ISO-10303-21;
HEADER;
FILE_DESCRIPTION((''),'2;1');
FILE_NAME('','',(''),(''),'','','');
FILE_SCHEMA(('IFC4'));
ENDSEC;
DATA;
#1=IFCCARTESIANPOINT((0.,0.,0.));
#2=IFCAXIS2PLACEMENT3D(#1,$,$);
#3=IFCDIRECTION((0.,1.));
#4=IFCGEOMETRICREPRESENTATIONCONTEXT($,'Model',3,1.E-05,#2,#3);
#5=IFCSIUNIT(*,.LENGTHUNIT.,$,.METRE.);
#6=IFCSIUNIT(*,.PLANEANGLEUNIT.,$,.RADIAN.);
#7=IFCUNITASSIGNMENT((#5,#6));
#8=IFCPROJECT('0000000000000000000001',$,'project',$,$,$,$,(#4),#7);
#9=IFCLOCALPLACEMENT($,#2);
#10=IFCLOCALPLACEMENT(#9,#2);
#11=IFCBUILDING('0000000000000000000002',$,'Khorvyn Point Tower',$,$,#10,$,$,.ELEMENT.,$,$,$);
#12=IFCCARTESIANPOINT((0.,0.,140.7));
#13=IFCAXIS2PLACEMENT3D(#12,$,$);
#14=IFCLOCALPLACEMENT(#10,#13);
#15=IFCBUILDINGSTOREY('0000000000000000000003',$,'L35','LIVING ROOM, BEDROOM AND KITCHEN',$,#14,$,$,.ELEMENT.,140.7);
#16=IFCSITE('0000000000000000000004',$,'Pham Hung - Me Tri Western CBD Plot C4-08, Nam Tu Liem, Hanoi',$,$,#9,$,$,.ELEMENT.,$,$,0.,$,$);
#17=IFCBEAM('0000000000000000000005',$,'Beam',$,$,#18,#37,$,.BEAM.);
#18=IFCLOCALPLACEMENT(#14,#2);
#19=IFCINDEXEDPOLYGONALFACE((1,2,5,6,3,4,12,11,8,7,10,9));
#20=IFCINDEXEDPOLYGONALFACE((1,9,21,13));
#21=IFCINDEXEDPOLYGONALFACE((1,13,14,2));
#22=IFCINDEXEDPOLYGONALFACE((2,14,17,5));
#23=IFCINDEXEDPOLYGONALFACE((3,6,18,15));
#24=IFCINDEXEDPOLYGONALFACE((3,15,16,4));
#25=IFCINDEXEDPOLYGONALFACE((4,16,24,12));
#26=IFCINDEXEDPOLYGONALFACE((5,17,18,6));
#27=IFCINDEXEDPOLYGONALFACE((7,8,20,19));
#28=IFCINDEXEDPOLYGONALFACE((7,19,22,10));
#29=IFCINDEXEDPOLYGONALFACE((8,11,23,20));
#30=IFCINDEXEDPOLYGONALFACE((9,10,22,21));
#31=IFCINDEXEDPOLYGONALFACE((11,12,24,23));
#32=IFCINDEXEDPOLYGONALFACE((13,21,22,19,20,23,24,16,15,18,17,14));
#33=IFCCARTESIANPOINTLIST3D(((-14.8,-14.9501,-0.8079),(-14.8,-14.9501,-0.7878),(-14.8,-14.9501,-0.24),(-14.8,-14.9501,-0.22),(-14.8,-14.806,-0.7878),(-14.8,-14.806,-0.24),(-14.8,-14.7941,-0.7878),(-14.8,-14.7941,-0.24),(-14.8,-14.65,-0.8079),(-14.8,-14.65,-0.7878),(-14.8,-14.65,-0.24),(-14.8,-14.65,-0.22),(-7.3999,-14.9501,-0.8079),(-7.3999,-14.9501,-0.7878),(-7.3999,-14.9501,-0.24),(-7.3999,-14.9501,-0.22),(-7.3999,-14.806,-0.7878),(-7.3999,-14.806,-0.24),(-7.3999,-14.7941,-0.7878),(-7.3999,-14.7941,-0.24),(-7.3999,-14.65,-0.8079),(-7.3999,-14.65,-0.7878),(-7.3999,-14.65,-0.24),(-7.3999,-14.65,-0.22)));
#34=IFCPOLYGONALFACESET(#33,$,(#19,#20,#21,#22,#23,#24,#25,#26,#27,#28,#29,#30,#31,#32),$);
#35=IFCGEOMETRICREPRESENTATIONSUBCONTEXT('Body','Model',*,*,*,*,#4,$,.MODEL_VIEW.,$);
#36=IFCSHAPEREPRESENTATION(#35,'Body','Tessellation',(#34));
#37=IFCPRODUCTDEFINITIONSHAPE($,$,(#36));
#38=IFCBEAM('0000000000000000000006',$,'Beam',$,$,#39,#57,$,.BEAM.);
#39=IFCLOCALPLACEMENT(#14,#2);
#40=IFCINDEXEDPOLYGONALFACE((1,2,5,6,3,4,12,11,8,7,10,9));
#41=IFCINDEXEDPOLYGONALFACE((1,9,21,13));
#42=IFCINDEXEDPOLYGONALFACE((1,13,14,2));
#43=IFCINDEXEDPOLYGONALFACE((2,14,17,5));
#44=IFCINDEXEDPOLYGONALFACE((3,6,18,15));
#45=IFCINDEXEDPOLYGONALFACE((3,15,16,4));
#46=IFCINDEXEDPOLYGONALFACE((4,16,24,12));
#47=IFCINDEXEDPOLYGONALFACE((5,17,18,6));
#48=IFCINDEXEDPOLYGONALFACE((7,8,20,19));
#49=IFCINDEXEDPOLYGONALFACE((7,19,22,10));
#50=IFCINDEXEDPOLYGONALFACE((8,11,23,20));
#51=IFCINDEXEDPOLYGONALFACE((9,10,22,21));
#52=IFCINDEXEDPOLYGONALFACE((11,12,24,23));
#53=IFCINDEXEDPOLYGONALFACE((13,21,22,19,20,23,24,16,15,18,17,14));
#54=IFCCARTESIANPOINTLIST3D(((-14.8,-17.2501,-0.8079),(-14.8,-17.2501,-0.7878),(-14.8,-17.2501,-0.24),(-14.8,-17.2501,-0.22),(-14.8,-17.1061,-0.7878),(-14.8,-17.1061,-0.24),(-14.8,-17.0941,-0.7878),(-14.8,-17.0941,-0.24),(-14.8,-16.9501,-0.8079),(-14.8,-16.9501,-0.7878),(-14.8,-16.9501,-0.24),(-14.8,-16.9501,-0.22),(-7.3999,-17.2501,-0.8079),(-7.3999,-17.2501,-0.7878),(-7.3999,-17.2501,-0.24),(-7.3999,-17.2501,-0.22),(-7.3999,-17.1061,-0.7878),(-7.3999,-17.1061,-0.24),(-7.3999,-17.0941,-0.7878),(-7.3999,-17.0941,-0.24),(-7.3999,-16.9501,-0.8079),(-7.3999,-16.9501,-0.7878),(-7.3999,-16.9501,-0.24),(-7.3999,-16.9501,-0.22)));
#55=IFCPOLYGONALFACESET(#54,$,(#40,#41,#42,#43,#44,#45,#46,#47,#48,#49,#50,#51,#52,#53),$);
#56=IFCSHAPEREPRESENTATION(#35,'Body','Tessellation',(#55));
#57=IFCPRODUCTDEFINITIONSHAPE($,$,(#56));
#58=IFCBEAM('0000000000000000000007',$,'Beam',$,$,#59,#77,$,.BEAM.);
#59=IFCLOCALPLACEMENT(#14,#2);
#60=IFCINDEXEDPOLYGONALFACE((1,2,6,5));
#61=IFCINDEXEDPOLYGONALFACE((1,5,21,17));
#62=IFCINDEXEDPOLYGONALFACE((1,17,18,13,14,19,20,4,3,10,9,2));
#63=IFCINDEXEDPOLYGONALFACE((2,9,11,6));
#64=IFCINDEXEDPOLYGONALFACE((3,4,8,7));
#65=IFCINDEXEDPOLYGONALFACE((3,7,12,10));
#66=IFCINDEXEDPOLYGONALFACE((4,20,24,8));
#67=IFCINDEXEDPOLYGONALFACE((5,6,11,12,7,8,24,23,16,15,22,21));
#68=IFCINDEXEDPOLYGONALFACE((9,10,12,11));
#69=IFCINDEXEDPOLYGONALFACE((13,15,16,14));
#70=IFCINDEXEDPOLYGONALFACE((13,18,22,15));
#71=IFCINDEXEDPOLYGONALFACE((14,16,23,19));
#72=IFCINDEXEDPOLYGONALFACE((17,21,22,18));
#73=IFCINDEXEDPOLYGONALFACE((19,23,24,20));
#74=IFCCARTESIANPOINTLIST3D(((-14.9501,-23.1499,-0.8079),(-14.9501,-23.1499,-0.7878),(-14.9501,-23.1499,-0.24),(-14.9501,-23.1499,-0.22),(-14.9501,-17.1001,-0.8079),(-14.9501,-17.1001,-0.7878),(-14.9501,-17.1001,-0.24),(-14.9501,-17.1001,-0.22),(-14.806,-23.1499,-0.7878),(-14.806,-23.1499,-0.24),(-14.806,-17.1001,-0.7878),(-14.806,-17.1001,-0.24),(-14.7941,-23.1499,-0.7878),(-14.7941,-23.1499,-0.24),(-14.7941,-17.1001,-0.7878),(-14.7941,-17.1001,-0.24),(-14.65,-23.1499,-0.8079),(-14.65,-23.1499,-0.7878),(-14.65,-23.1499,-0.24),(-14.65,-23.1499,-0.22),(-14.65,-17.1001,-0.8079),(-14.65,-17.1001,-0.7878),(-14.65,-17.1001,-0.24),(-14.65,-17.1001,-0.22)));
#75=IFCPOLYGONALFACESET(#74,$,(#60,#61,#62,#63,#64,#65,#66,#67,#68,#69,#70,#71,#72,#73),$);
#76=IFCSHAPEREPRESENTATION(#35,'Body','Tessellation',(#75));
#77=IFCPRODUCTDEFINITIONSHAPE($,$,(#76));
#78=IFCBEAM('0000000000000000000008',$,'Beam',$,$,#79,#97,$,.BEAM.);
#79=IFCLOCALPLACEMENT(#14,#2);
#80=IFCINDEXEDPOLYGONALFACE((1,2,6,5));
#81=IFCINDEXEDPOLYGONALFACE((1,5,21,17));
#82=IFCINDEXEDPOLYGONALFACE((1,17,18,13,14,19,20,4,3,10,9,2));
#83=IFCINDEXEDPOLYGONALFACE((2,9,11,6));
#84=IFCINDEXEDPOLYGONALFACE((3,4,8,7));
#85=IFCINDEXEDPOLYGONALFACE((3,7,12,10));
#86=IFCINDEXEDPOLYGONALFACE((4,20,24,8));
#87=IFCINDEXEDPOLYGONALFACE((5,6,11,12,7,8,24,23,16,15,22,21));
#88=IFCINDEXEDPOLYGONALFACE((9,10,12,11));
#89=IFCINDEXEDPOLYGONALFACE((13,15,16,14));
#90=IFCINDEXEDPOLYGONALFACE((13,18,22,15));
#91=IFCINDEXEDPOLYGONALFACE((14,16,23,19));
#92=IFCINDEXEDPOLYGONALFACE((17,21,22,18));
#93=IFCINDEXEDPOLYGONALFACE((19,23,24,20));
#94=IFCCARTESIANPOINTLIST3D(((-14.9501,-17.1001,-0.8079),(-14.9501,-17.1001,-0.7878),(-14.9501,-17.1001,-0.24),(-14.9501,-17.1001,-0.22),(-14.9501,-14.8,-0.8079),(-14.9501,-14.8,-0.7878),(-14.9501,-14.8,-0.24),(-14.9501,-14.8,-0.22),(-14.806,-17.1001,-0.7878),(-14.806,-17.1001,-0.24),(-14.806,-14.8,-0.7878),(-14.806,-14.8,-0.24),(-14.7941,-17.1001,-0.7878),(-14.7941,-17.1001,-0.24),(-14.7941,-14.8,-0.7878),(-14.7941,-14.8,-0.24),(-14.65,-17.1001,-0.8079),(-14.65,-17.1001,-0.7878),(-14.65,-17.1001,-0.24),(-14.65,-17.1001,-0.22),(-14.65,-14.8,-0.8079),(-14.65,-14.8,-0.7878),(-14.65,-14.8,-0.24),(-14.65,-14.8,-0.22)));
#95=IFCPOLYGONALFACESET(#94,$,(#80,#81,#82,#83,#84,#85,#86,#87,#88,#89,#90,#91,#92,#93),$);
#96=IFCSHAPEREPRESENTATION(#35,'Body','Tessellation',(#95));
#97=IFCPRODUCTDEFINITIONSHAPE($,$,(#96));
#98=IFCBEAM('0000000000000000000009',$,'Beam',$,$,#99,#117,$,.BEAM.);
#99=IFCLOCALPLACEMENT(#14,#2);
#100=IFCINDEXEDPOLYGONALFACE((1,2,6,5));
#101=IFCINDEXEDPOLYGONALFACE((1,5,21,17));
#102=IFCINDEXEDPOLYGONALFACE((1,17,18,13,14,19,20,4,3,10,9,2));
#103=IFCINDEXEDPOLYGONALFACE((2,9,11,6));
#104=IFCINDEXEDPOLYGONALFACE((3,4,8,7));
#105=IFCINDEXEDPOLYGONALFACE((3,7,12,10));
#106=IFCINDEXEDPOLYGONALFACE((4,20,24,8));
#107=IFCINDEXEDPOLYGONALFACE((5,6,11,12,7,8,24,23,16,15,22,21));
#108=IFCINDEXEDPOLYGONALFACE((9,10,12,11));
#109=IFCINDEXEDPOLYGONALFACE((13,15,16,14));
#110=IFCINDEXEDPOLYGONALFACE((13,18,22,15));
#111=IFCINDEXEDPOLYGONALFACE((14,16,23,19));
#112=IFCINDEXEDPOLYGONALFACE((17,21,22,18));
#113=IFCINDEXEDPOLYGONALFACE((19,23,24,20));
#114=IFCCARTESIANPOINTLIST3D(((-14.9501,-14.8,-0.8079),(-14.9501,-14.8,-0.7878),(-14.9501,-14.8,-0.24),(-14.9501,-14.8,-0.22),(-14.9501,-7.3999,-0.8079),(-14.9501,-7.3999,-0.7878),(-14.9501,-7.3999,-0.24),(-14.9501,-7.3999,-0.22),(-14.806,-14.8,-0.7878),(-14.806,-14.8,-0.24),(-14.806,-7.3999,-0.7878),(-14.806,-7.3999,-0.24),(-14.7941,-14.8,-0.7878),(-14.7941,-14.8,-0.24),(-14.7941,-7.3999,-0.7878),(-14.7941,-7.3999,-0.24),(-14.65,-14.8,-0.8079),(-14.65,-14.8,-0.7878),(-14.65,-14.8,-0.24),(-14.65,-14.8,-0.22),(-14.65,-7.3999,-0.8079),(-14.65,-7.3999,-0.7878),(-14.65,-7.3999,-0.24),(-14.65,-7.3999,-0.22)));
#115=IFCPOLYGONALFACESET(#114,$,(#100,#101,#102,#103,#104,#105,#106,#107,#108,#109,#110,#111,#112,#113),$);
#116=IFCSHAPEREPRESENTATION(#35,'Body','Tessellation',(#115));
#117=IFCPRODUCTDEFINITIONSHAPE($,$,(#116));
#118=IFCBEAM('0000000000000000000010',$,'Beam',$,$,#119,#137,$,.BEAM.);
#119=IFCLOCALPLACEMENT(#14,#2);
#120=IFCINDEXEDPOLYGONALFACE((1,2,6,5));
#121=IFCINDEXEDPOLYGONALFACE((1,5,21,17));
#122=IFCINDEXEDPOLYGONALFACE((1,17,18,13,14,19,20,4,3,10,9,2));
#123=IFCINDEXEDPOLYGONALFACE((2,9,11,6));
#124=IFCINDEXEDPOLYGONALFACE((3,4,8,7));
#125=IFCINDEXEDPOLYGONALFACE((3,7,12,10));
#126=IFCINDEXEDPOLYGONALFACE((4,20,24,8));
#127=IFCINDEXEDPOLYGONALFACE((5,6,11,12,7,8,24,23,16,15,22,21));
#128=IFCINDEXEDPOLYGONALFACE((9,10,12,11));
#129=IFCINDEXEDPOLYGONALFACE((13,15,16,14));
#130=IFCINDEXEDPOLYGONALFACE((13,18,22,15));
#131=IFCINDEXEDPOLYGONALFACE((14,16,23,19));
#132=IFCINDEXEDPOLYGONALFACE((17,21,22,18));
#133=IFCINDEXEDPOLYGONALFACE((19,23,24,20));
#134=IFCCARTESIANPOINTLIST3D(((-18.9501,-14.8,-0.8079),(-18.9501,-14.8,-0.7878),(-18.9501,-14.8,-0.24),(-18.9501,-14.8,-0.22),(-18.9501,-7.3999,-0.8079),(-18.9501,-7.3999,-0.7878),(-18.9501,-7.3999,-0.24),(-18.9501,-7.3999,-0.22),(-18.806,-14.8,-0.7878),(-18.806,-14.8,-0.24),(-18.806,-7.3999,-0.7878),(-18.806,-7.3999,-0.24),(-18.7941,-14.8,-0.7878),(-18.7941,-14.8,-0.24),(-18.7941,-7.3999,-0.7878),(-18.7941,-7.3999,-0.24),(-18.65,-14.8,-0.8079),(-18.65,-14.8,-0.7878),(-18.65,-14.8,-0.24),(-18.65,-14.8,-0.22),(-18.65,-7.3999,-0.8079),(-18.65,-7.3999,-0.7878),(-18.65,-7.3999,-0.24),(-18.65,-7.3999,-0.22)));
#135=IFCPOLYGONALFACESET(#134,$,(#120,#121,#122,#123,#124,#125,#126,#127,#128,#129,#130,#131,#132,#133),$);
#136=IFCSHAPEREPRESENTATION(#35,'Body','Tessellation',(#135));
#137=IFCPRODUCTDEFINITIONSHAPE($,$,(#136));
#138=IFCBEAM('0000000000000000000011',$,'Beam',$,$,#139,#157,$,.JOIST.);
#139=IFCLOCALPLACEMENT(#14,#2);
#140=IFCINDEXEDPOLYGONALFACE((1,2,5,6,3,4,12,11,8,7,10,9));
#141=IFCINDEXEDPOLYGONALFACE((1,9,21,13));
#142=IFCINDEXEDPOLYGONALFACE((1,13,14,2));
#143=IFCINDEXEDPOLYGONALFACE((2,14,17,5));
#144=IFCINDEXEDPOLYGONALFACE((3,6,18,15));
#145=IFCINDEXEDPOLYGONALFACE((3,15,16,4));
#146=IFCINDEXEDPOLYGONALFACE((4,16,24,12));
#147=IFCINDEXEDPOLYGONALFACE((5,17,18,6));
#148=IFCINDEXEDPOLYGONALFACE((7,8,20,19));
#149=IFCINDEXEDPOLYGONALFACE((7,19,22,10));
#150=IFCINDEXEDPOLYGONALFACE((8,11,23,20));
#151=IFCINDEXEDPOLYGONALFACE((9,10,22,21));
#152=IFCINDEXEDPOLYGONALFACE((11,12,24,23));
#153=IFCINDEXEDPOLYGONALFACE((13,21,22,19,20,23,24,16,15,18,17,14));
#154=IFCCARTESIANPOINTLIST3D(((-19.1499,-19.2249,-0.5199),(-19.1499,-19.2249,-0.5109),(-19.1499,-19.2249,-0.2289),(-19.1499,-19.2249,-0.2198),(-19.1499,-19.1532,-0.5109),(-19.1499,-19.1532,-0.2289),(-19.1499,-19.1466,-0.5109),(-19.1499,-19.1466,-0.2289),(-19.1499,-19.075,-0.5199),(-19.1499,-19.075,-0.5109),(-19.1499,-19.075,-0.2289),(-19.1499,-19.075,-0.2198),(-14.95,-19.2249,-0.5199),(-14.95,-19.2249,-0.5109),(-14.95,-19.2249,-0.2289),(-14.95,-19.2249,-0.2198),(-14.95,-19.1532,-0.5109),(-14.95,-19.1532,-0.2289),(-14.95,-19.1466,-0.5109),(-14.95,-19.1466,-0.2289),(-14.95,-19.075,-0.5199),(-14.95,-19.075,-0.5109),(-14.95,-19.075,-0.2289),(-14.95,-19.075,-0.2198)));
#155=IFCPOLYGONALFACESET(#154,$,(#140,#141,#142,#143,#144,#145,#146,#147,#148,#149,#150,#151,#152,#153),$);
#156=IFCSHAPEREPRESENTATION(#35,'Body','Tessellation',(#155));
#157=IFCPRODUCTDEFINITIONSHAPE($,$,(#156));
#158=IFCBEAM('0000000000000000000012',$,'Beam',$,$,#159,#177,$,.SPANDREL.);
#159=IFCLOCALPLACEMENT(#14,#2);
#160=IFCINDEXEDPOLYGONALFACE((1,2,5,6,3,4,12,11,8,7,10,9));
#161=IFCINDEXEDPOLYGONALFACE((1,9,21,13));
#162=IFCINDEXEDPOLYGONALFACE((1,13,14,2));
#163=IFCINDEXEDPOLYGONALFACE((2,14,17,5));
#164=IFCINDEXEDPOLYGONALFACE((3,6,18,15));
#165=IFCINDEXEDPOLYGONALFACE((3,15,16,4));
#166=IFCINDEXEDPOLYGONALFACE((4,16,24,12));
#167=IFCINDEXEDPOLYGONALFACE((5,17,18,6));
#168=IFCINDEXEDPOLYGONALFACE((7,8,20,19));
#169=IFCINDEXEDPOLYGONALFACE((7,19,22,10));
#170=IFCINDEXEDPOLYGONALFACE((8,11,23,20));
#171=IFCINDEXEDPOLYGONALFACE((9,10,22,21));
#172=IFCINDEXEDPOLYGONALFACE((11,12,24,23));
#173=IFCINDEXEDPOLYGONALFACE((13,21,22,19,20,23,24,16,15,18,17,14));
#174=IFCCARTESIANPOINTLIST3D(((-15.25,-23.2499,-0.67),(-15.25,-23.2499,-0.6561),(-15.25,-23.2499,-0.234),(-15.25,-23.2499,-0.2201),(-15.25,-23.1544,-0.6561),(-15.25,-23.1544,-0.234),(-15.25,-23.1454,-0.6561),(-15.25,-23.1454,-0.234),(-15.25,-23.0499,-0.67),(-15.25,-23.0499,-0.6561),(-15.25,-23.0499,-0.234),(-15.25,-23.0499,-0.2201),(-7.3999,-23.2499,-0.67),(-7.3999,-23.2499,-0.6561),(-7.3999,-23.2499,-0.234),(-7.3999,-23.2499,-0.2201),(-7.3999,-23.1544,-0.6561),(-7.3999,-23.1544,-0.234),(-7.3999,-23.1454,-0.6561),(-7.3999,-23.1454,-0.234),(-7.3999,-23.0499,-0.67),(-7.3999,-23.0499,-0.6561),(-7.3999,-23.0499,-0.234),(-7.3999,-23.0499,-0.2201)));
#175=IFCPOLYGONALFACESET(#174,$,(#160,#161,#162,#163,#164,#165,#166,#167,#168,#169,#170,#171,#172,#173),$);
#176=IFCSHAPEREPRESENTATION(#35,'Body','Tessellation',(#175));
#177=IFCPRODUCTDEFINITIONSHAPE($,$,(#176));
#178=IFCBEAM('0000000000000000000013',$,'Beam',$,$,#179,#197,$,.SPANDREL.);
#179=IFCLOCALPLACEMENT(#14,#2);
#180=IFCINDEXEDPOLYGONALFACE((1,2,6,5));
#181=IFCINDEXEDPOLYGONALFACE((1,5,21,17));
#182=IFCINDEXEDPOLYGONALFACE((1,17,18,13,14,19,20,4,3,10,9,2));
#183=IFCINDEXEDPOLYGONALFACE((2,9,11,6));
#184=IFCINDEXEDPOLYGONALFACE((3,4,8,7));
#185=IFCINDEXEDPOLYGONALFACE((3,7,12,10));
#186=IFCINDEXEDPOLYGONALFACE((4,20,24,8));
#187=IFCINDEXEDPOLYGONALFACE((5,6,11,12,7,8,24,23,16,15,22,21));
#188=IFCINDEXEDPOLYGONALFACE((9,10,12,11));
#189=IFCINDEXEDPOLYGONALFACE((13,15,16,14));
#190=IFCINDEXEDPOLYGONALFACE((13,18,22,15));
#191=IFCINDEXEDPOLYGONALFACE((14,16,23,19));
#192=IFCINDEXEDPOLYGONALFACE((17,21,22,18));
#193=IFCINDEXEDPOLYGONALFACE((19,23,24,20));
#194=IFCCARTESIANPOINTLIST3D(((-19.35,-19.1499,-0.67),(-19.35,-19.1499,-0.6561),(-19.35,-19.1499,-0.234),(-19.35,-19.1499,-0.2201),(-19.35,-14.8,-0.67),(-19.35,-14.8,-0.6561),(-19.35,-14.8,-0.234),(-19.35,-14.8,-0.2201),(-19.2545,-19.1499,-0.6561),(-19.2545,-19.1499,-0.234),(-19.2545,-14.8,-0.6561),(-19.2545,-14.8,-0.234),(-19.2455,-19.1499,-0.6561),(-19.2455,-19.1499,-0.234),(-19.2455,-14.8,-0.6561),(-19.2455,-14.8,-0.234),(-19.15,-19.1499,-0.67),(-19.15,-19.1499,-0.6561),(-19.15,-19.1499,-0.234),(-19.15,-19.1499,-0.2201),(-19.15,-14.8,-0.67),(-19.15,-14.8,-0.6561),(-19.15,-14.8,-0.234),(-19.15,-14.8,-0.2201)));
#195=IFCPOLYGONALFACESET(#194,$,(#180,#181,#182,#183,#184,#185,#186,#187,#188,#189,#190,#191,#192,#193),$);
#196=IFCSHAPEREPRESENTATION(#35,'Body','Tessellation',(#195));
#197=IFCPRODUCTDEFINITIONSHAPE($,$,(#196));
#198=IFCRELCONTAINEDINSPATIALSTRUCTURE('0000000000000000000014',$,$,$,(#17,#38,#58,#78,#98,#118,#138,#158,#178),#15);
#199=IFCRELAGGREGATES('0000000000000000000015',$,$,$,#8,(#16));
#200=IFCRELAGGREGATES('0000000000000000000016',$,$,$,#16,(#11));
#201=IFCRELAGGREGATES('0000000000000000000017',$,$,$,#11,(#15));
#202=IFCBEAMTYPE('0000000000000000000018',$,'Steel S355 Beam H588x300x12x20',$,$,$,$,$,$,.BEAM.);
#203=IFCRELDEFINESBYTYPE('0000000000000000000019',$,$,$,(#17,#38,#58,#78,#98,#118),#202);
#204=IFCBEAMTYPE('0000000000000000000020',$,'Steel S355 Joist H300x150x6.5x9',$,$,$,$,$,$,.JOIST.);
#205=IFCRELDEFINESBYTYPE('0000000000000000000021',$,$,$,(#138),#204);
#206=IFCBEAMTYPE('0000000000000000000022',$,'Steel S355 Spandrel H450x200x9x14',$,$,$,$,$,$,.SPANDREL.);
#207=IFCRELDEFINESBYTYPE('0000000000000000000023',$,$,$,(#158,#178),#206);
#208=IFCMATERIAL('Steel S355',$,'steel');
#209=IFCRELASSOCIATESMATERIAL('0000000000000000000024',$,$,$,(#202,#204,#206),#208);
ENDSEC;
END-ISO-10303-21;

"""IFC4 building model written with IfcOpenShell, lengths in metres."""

from ifc_helpers import new_model, si_unit, direction, frame, origin, origin_2d, place, context, subcontext, project, spatial, i_section, extrude, material, material_profile, profile_set, type_object, element, save


model = new_model("IFC4")

# Units and contexts
model_context = context("Model", 3, precision=1e-05, world=origin(), true_north=direction((0.0, 1.0)))
body_context = subcontext(model_context, "Body", "Model", "MODEL_VIEW")
ifc_project = project(units=[si_unit("LENGTHUNIT", "METRE"), si_unit("PLANEANGLEUNIT", "RADIAN")], contexts=[model_context])

# Site, building, storey
site_placement = place(None, origin())
site = spatial("IfcSite", under=ifc_project, at=site_placement, Name="Pham Hung - Me Tri Western CBD Plot C4-08, Nam Tu Liem, Hanoi", CompositionType="ELEMENT", RefElevation=0.0)
building_placement = place(site_placement, origin())
building = spatial("IfcBuilding", under=site, at=building_placement, Name="Khorvyn Point Tower", CompositionType="ELEMENT")
storey_placement = place(building_placement, frame((0.0, 0.0, 140.7)))
storey = spatial("IfcBuildingStorey", under=building, at=storey_placement, Name="L35", Description="LIVING ROOM, BEDROOM AND KITCHEN", CompositionType="ELEMENT", Elevation=140.7)

# Beams
ifc_material_1 = material(Name="Steel S355", Category="steel")
ifc_material_profile_1 = material_profile(ifc_material_1, i_section(OverallWidth=0.3, OverallDepth=0.5879, WebThickness=0.012, FlangeThickness=0.02, at=origin_2d()))
ifc_profile_set_1 = profile_set([ifc_material_profile_1], Name="Steel S355 H588x300x12x20")
beam_type_1 = type_object("IfcBeamType", Name="Steel S355 Beam H588x300x12x20", PredefinedType="BEAM", material=ifc_profile_set_1)
for number, where, z_axis, x_axis, name in (
    (1, (-14.8, -14.8, -0.5139), (1.0, 0.0, 0.0), (0.0, 1.0, 0.0), "Beam"),
    (2, (-14.8, -17.1001, -0.5139), (1.0, 0.0, 0.0), (0.0, 1.0, 0.0), "Beam"),
):
    element("IfcBeam", number, at=place(storey_placement, frame(where, z_axis=z_axis, x_axis=x_axis)), inside=storey, type_object=beam_type_1, Name=name, PredefinedType="BEAM", context=body_context, shape_type="SweptSolid", body=[
        extrude(i_section(OverallWidth=0.3, OverallDepth=0.5879, WebThickness=0.012, FlangeThickness=0.02, at=origin_2d()), origin(), (0.0, 0.0, 1.0), 7.4001),
    ])
beam_1_placement = place(storey_placement, frame((-14.8, -23.1499, -0.5139), z_axis=(0.0, 1.0, 0.0), x_axis=(-1.0, 0.0, 0.0)))
element("IfcBeam", 3, at=beam_1_placement, inside=storey, type_object=beam_type_1, Name="Beam", PredefinedType="BEAM", context=body_context, shape_type="SweptSolid", body=[
    extrude(i_section(OverallWidth=0.3, OverallDepth=0.5879, WebThickness=0.012, FlangeThickness=0.02, at=origin_2d()), origin(), (0.0, 0.0, 1.0), 6.0498),
])
beam_2_placement = place(storey_placement, frame((-14.8, -17.1001, -0.5139), z_axis=(0.0, 1.0, 0.0), x_axis=(-1.0, 0.0, 0.0)))
element("IfcBeam", 4, at=beam_2_placement, inside=storey, type_object=beam_type_1, Name="Beam", PredefinedType="BEAM", context=body_context, shape_type="SweptSolid", body=[
    extrude(i_section(OverallWidth=0.3, OverallDepth=0.5879, WebThickness=0.012, FlangeThickness=0.02, at=origin_2d()), origin(), (0.0, 0.0, 1.0), 2.3),
])
for number, where, z_axis, x_axis, name in (
    (5, (-14.8, -14.8, -0.5139), (0.0, 1.0, 0.0), (-1.0, 0.0, 0.0), "Beam"),
    (6, (-18.8, -14.8, -0.5139), (0.0, 1.0, 0.0), (-1.0, 0.0, 0.0), "Beam"),
):
    element("IfcBeam", number, at=place(storey_placement, frame(where, z_axis=z_axis, x_axis=x_axis)), inside=storey, type_object=beam_type_1, Name=name, PredefinedType="BEAM", context=body_context, shape_type="SweptSolid", body=[
        extrude(i_section(OverallWidth=0.3, OverallDepth=0.5879, WebThickness=0.012, FlangeThickness=0.02, at=origin_2d()), origin(), (0.0, 0.0, 1.0), 7.4001),
    ])
ifc_material_profile_2 = material_profile(ifc_material_1, i_section(OverallWidth=0.1499, OverallDepth=0.3, WebThickness=0.0066, FlangeThickness=0.009, at=origin_2d()))
ifc_profile_set_2 = profile_set([ifc_material_profile_2], Name="Steel S355 H300x150x6.5x9")
beam_type_2 = type_object("IfcBeamType", Name="Steel S355 Joist H300x150x6.5x9", PredefinedType="JOIST", material=ifc_profile_set_2)
beam_3_placement = place(storey_placement, frame((-19.1499, -19.1499, -0.3699), z_axis=(1.0, 0.0, 0.0), x_axis=(0.0, 1.0, 0.0)))
element("IfcBeam", 7, at=beam_3_placement, inside=storey, type_object=beam_type_2, Name="Beam", PredefinedType="JOIST", context=body_context, shape_type="SweptSolid", body=[
    extrude(i_section(OverallWidth=0.1499, OverallDepth=0.3, WebThickness=0.0066, FlangeThickness=0.009, at=origin_2d()), origin(), (0.0, 0.0, 1.0), 4.2),
])
ifc_material_profile_3 = material_profile(ifc_material_1, i_section(OverallWidth=0.2, OverallDepth=0.45, WebThickness=0.009, FlangeThickness=0.0139, at=origin_2d()))
ifc_profile_set_3 = profile_set([ifc_material_profile_3], Name="Steel S355 H450x200x9x14")
beam_type_3 = type_object("IfcBeamType", Name="Steel S355 Spandrel H450x200x9x14", PredefinedType="SPANDREL", material=ifc_profile_set_3)
beam_4_placement = place(storey_placement, frame((-15.25, -23.1499, -0.4451), z_axis=(1.0, 0.0, 0.0), x_axis=(0.0, 1.0, 0.0)))
element("IfcBeam", 8, at=beam_4_placement, inside=storey, type_object=beam_type_3, Name="Beam", PredefinedType="SPANDREL", context=body_context, shape_type="SweptSolid", body=[
    extrude(i_section(OverallWidth=0.2, OverallDepth=0.45, WebThickness=0.009, FlangeThickness=0.0139, at=origin_2d()), origin(), (0.0, 0.0, 1.0), 7.8501),
])
beam_5_placement = place(storey_placement, frame((-19.25, -19.1499, -0.4451), z_axis=(0.0, 1.0, 0.0), x_axis=(-1.0, 0.0, 0.0)))
element("IfcBeam", 9, at=beam_5_placement, inside=storey, type_object=beam_type_3, Name="Beam", PredefinedType="SPANDREL", context=body_context, shape_type="SweptSolid", body=[
    extrude(i_section(OverallWidth=0.2, OverallDepth=0.45, WebThickness=0.009, FlangeThickness=0.0139, at=origin_2d()), origin(), (0.0, 0.0, 1.0), 4.3499),
])

save(model, "model.ifc")
